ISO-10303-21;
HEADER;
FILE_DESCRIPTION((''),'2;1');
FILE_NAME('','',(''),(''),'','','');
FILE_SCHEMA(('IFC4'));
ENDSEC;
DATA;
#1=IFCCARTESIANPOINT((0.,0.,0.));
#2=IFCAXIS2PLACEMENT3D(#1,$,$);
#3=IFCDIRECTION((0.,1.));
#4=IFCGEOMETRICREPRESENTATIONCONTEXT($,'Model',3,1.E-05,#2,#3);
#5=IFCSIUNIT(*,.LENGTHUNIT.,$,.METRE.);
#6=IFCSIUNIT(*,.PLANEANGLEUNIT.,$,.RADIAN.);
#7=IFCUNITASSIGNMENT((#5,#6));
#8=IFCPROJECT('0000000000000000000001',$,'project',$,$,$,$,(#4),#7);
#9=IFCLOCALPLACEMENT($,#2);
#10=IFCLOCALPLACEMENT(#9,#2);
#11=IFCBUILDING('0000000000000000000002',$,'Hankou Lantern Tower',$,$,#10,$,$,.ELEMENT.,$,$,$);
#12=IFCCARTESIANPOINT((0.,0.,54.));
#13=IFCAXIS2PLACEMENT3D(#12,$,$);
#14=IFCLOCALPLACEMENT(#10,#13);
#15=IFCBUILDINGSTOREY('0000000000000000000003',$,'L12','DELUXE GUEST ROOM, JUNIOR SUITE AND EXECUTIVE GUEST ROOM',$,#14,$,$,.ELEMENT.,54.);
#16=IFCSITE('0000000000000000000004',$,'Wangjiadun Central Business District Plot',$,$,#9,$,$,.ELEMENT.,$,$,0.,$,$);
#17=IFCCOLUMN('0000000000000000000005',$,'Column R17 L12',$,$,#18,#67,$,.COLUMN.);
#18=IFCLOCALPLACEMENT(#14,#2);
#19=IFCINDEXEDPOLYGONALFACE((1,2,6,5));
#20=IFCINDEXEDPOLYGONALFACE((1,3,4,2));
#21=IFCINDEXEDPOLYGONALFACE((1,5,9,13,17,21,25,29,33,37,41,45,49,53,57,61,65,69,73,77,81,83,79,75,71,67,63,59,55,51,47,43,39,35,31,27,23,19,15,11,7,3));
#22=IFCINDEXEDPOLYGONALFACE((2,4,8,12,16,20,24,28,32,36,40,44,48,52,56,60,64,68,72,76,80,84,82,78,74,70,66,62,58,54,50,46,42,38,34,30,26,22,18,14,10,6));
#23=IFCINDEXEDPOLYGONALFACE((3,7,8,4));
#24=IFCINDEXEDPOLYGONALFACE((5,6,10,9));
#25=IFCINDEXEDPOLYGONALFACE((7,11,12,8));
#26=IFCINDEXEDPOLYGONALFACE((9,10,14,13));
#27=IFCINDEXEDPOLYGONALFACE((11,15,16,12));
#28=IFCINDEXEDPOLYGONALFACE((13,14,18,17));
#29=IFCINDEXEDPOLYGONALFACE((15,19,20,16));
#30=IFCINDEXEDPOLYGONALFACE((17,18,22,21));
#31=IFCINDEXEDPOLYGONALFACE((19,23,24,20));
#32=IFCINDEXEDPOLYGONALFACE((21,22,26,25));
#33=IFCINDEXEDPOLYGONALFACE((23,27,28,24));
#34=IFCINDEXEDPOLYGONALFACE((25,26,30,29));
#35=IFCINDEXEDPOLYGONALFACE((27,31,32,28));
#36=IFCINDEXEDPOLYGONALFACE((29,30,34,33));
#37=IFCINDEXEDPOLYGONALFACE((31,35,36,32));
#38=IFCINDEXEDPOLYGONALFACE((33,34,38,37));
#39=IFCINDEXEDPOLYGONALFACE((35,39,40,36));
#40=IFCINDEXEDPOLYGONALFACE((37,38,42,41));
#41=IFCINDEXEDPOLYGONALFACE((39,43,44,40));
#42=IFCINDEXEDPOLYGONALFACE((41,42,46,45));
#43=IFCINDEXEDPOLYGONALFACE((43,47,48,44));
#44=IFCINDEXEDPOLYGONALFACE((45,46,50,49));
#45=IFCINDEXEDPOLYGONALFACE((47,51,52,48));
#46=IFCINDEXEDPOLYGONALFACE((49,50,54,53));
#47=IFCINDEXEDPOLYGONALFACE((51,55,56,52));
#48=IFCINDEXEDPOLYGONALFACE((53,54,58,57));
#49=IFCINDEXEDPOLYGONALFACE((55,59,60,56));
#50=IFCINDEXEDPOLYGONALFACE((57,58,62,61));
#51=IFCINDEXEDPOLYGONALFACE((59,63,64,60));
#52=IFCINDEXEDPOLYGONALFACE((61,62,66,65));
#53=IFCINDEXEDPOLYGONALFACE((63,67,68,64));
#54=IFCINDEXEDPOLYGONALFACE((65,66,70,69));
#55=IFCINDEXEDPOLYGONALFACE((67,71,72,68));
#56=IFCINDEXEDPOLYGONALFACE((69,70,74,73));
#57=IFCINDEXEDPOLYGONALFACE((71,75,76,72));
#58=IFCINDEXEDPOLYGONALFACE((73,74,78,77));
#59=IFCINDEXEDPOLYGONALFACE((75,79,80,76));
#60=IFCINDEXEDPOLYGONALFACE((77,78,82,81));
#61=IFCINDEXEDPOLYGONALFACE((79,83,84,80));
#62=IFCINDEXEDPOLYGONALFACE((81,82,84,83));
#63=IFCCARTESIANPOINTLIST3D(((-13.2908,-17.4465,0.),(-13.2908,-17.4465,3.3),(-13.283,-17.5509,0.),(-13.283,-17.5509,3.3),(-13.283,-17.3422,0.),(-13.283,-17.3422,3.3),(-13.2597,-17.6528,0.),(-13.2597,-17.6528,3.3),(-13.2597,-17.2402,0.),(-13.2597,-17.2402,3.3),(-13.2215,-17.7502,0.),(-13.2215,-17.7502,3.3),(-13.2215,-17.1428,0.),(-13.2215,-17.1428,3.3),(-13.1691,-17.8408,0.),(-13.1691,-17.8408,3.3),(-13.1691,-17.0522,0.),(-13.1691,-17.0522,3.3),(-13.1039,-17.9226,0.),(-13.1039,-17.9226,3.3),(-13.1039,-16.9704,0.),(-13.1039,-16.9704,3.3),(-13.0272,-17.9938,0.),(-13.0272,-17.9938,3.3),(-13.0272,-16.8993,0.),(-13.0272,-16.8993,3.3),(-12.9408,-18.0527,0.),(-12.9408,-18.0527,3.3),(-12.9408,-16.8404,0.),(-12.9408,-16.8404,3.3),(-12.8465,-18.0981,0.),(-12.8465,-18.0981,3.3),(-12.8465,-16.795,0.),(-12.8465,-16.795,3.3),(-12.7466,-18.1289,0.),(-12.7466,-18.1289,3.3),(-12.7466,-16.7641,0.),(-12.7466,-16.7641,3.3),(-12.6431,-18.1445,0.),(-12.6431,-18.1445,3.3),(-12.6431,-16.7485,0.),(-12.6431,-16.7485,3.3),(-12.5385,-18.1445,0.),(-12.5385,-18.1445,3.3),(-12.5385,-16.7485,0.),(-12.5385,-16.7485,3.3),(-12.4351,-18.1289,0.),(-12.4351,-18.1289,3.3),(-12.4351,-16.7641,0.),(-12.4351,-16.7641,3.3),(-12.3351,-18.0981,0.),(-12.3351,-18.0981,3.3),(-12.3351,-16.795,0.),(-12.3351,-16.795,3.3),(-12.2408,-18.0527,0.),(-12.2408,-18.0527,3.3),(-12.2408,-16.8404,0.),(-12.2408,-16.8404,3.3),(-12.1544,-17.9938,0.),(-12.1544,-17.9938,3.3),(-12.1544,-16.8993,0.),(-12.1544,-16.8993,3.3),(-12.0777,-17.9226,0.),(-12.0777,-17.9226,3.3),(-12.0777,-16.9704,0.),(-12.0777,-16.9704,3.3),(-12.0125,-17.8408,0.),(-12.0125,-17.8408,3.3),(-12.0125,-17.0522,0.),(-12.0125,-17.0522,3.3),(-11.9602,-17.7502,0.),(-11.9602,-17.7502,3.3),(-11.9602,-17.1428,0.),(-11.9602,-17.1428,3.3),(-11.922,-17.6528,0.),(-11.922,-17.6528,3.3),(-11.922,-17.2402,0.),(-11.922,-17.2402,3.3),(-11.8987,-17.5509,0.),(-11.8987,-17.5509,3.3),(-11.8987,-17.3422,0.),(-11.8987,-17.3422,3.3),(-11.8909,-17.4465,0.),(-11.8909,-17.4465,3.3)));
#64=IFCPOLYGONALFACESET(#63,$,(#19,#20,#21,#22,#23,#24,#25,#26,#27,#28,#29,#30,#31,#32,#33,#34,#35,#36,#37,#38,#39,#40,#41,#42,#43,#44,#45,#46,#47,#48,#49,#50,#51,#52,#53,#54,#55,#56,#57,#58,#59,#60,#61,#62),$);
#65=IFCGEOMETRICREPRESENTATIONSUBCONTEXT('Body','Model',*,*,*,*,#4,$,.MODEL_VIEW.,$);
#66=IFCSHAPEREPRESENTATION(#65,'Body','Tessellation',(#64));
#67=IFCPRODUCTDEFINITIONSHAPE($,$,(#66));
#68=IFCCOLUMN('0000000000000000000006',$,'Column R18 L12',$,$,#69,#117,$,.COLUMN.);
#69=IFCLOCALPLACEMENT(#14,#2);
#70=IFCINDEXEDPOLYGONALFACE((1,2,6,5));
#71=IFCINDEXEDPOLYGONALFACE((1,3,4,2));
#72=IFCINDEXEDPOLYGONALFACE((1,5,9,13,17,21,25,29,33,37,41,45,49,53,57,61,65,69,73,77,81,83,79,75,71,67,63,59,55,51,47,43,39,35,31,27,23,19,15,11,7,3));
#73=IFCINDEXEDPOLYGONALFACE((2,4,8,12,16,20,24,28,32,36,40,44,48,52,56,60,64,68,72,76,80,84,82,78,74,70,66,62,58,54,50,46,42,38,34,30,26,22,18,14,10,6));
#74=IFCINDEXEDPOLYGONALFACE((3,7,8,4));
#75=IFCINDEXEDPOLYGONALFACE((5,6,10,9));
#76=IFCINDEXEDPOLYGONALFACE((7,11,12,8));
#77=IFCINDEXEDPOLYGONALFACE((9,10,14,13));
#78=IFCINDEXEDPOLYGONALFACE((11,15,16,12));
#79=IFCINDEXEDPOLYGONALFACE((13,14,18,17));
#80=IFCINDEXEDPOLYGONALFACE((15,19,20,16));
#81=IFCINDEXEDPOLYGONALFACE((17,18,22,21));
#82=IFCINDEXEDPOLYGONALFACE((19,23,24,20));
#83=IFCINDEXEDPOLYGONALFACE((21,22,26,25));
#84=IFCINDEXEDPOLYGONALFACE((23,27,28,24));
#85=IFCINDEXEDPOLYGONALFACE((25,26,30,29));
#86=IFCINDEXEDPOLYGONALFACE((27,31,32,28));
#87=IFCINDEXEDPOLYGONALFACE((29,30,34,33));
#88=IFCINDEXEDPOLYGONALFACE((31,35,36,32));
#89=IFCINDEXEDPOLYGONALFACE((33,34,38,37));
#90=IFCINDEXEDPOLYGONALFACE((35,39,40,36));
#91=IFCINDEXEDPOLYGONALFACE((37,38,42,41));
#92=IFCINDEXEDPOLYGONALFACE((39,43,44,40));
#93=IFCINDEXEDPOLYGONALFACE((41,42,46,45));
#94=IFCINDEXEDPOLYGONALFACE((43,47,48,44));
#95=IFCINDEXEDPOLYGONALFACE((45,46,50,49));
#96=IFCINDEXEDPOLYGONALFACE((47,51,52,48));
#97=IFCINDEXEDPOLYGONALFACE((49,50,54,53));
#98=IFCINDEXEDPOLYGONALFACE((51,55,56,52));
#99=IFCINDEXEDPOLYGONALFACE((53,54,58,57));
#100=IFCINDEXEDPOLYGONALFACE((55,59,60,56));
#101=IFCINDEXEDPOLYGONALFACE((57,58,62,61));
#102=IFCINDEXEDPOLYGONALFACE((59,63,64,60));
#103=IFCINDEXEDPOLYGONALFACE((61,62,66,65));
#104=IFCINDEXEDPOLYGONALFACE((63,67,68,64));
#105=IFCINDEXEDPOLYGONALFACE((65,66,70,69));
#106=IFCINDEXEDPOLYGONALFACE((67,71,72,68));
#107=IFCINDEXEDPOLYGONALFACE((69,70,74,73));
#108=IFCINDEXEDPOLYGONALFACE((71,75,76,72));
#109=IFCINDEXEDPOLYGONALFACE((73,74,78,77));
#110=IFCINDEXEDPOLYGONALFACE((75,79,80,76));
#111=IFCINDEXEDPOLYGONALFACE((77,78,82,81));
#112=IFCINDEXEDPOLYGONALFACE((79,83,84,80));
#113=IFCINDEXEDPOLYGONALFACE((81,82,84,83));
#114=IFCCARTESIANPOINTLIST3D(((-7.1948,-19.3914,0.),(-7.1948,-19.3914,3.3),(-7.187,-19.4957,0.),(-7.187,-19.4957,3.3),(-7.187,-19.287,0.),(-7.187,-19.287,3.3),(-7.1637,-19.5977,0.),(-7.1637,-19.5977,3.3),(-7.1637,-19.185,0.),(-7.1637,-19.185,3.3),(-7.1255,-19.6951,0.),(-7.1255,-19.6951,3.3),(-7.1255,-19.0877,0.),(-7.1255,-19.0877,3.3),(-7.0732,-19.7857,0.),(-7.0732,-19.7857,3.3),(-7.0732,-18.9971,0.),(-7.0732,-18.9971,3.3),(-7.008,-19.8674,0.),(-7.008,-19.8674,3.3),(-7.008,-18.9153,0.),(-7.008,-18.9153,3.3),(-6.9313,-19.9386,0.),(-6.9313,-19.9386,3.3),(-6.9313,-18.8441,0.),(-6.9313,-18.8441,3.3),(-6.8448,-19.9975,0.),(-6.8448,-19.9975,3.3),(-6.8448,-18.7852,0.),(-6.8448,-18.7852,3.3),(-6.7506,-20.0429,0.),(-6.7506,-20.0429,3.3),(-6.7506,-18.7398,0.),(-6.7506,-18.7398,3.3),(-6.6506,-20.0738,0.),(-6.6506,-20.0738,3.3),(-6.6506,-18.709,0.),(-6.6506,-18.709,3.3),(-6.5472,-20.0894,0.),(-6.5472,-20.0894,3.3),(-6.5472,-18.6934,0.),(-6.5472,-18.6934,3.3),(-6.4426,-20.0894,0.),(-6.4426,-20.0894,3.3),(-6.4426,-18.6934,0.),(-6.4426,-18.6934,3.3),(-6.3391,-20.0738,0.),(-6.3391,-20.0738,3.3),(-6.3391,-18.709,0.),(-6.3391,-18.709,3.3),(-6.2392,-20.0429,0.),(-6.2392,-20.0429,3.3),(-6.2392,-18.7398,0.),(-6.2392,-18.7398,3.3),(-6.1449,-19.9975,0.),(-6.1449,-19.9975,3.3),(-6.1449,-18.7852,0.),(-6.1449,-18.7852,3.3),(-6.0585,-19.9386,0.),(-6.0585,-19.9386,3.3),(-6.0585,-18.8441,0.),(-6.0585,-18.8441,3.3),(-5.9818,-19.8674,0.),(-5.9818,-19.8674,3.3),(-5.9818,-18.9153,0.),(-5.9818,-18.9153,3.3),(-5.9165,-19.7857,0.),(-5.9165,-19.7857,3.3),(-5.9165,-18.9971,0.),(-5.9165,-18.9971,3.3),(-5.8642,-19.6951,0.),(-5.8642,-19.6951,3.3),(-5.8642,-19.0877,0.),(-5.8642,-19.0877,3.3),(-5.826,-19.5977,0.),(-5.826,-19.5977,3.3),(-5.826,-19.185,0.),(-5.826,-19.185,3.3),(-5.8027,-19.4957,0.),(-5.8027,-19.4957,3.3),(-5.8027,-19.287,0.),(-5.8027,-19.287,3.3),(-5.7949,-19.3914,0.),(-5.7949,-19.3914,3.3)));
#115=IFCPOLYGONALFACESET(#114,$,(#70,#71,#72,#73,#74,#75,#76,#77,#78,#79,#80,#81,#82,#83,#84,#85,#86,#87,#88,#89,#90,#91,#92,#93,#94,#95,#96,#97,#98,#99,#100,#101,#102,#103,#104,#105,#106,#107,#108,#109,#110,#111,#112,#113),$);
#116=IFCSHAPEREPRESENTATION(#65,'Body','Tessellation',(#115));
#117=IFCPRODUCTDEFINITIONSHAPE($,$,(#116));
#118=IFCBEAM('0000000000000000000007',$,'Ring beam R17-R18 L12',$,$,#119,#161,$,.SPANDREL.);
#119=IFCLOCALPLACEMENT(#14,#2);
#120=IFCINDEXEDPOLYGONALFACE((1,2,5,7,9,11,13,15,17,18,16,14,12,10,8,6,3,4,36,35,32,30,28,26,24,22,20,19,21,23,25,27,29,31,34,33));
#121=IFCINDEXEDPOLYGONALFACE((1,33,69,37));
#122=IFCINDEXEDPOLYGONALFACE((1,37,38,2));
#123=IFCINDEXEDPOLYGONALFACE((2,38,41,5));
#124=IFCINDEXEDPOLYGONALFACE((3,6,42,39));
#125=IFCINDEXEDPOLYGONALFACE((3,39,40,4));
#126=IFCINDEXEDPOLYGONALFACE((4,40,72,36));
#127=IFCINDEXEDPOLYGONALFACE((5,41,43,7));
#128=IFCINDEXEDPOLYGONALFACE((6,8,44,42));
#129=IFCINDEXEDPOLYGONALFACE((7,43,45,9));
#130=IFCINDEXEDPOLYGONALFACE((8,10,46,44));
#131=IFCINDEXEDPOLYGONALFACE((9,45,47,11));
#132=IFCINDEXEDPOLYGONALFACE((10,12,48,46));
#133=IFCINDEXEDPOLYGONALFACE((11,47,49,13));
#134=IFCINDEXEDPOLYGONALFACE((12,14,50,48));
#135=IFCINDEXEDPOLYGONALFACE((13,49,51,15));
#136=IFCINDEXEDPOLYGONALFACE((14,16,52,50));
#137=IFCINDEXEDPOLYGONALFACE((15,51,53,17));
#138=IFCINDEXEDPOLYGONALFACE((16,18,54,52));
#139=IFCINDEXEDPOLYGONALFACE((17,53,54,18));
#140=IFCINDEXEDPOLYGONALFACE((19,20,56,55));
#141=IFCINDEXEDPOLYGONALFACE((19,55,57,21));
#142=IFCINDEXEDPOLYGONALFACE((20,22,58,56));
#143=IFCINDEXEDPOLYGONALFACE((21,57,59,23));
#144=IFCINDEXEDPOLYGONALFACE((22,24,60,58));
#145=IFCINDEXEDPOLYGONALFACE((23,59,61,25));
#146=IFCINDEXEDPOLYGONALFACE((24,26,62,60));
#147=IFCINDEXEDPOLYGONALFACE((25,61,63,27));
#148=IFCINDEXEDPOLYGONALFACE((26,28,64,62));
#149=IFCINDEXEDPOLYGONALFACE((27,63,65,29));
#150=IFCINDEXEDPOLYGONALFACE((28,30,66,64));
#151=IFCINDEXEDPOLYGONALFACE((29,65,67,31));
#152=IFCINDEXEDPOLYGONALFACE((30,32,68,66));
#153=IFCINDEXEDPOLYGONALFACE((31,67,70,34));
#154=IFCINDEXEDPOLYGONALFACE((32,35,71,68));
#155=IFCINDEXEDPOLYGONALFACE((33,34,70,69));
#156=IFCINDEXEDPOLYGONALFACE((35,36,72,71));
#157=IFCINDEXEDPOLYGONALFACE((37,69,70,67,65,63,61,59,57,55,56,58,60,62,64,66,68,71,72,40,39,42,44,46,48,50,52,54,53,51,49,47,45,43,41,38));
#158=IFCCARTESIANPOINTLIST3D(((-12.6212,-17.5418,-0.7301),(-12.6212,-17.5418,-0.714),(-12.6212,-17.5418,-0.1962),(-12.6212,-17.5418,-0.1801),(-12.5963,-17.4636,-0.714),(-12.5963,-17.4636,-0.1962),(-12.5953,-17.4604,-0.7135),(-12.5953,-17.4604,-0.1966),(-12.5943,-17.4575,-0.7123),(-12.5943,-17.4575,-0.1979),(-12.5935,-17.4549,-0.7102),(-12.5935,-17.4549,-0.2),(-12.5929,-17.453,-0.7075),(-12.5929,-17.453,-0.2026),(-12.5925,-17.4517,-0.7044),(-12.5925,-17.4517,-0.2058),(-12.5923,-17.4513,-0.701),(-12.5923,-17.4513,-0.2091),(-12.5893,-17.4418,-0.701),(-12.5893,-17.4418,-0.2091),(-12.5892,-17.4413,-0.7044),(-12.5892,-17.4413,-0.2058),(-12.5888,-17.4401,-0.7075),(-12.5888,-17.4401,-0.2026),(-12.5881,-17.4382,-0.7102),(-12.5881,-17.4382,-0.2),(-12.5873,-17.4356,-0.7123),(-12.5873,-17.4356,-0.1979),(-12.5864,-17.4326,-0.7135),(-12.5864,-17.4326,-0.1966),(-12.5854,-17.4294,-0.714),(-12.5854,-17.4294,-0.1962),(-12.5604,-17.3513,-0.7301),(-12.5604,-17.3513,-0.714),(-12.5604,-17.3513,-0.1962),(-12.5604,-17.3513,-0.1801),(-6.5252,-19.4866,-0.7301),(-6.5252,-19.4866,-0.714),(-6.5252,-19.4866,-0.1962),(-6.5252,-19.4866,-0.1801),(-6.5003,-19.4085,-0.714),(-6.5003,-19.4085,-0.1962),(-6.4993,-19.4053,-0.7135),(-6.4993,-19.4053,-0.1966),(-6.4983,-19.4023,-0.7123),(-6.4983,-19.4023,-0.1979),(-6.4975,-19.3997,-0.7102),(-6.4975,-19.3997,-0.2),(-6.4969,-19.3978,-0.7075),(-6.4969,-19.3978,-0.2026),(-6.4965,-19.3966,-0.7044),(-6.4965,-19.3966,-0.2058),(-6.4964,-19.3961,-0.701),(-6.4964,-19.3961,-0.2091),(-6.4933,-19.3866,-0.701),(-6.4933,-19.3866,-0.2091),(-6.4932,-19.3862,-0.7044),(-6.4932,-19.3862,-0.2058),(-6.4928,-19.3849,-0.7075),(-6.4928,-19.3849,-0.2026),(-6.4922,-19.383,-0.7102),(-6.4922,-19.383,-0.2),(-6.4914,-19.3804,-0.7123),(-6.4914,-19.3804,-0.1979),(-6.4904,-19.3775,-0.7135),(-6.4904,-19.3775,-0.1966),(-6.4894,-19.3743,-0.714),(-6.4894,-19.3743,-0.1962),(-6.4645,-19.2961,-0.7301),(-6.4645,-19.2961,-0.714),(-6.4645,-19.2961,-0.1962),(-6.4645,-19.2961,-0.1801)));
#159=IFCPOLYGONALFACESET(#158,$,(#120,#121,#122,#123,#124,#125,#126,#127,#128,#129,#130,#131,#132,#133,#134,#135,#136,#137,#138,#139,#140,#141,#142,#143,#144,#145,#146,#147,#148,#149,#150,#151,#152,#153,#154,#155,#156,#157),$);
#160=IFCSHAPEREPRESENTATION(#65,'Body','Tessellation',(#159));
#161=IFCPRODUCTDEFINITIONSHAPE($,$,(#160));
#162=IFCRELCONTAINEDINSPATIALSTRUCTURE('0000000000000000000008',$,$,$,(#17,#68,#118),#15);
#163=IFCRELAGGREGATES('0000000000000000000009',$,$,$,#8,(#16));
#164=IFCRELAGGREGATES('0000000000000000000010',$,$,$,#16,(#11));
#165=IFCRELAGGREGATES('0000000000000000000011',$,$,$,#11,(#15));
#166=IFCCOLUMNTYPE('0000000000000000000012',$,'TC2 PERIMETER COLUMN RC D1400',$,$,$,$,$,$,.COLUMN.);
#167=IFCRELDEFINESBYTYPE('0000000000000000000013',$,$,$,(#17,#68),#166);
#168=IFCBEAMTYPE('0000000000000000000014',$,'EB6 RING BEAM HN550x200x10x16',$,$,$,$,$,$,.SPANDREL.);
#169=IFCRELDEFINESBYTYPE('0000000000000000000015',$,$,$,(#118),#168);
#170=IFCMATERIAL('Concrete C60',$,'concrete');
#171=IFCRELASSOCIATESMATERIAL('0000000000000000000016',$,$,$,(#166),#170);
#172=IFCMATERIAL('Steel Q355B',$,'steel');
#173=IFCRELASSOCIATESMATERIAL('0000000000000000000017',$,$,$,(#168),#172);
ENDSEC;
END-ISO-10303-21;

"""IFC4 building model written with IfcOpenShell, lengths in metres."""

from ifc_helpers import new_model, si_unit, direction, frame, origin, origin_2d, place, context, subcontext, project, spatial, circle, i_section, extrude, material, material_profile, profile_set, type_object, element, save


model = new_model("IFC4")

# Units and contexts
model_context = context("Model", 3, precision=1e-05, world=origin(), true_north=direction((0.0, 1.0)))
body_context = subcontext(model_context, "Body", "Model", "MODEL_VIEW")
ifc_project = project(units=[si_unit("LENGTHUNIT", "METRE"), si_unit("PLANEANGLEUNIT", "RADIAN")], contexts=[model_context])

# Site, building, storey
site_placement = place(None, origin())
site = spatial("IfcSite", under=ifc_project, at=site_placement, Name="Wangjiadun Central Business District Plot", CompositionType="ELEMENT", RefElevation=0.0)
building_placement = place(site_placement, origin())
building = spatial("IfcBuilding", under=site, at=building_placement, Name="Hankou Lantern Tower", CompositionType="ELEMENT")
storey_placement = place(building_placement, frame((0.0, 0.0, 54.0)))
storey = spatial("IfcBuildingStorey", under=building, at=storey_placement, Name="L12", Description="DELUXE GUEST ROOM, JUNIOR SUITE AND EXECUTIVE GUEST ROOM", CompositionType="ELEMENT", Elevation=54.0)

# Columns
ifc_material_1 = material(Name="Concrete C60", Category="concrete")
ifc_material_profile_1 = material_profile(ifc_material_1, circle(Radius=0.7, at=origin_2d()), Name="RC D1400")
ifc_profile_set_1 = profile_set([ifc_material_profile_1], Name="Concrete C60")
column_type = type_object("IfcColumnType", Name="TC2 PERIMETER COLUMN RC D1400", PredefinedType="COLUMN", material=ifc_profile_set_1)
for number, where, z_axis, x_axis, name in (
    (1, (-12.5908, -17.4465, 0.0), (0.0, 0.0, 1.0), (1.0, 0.0, 0.0), "Column R17 L12"),
    (2, (-6.4949, -19.3914, 0.0), (0.0, 0.0, 1.0), (1.0, 0.0, 0.0), "Column R18 L12"),
):
    element("IfcColumn", number, at=place(storey_placement, frame(where, z_axis=z_axis, x_axis=x_axis)), inside=storey, type_object=column_type, Name=name, PredefinedType="COLUMN", context=body_context, shape_type="SweptSolid", body=[
        extrude(circle(Radius=0.7, at=origin_2d()), origin(), (0.0, 0.0, 1.0), 3.3),
    ])

# Beam
ifc_material_2 = material(Name="Steel Q355B", Category="steel")
ifc_material_profile_2 = material_profile(ifc_material_2, i_section(OverallWidth=0.2, OverallDepth=0.55, WebThickness=0.01, FlangeThickness=0.0161, FilletRadius=0.0129, at=origin_2d()), Name="HN550x200x10x16")
ifc_profile_set_2 = profile_set([ifc_material_profile_2], Name="Steel Q355B")
beam_type_1 = type_object("IfcBeamType", Name="EB6 RING BEAM HN550x200x10x16", PredefinedType="SPANDREL", material=ifc_profile_set_2)
beam_1_placement = place(storey_placement, frame((-12.5908, -17.4465, -0.4551), z_axis=(0.95269, -0.303942, 0.0), x_axis=(0.303942, 0.95269, 0.0)))
element("IfcBeam", 3, at=beam_1_placement, inside=storey, type_object=beam_type_1, Name="Ring beam R17-R18 L12", PredefinedType="SPANDREL", context=body_context, shape_type="SweptSolid", body=[
    extrude(i_section(OverallWidth=0.2, OverallDepth=0.55, WebThickness=0.01, FlangeThickness=0.0161, FilletRadius=0.0129, at=origin_2d()), origin(), (0.0, 0.0, 1.0), 6.3987),
])

save(model, "model.ifc")
